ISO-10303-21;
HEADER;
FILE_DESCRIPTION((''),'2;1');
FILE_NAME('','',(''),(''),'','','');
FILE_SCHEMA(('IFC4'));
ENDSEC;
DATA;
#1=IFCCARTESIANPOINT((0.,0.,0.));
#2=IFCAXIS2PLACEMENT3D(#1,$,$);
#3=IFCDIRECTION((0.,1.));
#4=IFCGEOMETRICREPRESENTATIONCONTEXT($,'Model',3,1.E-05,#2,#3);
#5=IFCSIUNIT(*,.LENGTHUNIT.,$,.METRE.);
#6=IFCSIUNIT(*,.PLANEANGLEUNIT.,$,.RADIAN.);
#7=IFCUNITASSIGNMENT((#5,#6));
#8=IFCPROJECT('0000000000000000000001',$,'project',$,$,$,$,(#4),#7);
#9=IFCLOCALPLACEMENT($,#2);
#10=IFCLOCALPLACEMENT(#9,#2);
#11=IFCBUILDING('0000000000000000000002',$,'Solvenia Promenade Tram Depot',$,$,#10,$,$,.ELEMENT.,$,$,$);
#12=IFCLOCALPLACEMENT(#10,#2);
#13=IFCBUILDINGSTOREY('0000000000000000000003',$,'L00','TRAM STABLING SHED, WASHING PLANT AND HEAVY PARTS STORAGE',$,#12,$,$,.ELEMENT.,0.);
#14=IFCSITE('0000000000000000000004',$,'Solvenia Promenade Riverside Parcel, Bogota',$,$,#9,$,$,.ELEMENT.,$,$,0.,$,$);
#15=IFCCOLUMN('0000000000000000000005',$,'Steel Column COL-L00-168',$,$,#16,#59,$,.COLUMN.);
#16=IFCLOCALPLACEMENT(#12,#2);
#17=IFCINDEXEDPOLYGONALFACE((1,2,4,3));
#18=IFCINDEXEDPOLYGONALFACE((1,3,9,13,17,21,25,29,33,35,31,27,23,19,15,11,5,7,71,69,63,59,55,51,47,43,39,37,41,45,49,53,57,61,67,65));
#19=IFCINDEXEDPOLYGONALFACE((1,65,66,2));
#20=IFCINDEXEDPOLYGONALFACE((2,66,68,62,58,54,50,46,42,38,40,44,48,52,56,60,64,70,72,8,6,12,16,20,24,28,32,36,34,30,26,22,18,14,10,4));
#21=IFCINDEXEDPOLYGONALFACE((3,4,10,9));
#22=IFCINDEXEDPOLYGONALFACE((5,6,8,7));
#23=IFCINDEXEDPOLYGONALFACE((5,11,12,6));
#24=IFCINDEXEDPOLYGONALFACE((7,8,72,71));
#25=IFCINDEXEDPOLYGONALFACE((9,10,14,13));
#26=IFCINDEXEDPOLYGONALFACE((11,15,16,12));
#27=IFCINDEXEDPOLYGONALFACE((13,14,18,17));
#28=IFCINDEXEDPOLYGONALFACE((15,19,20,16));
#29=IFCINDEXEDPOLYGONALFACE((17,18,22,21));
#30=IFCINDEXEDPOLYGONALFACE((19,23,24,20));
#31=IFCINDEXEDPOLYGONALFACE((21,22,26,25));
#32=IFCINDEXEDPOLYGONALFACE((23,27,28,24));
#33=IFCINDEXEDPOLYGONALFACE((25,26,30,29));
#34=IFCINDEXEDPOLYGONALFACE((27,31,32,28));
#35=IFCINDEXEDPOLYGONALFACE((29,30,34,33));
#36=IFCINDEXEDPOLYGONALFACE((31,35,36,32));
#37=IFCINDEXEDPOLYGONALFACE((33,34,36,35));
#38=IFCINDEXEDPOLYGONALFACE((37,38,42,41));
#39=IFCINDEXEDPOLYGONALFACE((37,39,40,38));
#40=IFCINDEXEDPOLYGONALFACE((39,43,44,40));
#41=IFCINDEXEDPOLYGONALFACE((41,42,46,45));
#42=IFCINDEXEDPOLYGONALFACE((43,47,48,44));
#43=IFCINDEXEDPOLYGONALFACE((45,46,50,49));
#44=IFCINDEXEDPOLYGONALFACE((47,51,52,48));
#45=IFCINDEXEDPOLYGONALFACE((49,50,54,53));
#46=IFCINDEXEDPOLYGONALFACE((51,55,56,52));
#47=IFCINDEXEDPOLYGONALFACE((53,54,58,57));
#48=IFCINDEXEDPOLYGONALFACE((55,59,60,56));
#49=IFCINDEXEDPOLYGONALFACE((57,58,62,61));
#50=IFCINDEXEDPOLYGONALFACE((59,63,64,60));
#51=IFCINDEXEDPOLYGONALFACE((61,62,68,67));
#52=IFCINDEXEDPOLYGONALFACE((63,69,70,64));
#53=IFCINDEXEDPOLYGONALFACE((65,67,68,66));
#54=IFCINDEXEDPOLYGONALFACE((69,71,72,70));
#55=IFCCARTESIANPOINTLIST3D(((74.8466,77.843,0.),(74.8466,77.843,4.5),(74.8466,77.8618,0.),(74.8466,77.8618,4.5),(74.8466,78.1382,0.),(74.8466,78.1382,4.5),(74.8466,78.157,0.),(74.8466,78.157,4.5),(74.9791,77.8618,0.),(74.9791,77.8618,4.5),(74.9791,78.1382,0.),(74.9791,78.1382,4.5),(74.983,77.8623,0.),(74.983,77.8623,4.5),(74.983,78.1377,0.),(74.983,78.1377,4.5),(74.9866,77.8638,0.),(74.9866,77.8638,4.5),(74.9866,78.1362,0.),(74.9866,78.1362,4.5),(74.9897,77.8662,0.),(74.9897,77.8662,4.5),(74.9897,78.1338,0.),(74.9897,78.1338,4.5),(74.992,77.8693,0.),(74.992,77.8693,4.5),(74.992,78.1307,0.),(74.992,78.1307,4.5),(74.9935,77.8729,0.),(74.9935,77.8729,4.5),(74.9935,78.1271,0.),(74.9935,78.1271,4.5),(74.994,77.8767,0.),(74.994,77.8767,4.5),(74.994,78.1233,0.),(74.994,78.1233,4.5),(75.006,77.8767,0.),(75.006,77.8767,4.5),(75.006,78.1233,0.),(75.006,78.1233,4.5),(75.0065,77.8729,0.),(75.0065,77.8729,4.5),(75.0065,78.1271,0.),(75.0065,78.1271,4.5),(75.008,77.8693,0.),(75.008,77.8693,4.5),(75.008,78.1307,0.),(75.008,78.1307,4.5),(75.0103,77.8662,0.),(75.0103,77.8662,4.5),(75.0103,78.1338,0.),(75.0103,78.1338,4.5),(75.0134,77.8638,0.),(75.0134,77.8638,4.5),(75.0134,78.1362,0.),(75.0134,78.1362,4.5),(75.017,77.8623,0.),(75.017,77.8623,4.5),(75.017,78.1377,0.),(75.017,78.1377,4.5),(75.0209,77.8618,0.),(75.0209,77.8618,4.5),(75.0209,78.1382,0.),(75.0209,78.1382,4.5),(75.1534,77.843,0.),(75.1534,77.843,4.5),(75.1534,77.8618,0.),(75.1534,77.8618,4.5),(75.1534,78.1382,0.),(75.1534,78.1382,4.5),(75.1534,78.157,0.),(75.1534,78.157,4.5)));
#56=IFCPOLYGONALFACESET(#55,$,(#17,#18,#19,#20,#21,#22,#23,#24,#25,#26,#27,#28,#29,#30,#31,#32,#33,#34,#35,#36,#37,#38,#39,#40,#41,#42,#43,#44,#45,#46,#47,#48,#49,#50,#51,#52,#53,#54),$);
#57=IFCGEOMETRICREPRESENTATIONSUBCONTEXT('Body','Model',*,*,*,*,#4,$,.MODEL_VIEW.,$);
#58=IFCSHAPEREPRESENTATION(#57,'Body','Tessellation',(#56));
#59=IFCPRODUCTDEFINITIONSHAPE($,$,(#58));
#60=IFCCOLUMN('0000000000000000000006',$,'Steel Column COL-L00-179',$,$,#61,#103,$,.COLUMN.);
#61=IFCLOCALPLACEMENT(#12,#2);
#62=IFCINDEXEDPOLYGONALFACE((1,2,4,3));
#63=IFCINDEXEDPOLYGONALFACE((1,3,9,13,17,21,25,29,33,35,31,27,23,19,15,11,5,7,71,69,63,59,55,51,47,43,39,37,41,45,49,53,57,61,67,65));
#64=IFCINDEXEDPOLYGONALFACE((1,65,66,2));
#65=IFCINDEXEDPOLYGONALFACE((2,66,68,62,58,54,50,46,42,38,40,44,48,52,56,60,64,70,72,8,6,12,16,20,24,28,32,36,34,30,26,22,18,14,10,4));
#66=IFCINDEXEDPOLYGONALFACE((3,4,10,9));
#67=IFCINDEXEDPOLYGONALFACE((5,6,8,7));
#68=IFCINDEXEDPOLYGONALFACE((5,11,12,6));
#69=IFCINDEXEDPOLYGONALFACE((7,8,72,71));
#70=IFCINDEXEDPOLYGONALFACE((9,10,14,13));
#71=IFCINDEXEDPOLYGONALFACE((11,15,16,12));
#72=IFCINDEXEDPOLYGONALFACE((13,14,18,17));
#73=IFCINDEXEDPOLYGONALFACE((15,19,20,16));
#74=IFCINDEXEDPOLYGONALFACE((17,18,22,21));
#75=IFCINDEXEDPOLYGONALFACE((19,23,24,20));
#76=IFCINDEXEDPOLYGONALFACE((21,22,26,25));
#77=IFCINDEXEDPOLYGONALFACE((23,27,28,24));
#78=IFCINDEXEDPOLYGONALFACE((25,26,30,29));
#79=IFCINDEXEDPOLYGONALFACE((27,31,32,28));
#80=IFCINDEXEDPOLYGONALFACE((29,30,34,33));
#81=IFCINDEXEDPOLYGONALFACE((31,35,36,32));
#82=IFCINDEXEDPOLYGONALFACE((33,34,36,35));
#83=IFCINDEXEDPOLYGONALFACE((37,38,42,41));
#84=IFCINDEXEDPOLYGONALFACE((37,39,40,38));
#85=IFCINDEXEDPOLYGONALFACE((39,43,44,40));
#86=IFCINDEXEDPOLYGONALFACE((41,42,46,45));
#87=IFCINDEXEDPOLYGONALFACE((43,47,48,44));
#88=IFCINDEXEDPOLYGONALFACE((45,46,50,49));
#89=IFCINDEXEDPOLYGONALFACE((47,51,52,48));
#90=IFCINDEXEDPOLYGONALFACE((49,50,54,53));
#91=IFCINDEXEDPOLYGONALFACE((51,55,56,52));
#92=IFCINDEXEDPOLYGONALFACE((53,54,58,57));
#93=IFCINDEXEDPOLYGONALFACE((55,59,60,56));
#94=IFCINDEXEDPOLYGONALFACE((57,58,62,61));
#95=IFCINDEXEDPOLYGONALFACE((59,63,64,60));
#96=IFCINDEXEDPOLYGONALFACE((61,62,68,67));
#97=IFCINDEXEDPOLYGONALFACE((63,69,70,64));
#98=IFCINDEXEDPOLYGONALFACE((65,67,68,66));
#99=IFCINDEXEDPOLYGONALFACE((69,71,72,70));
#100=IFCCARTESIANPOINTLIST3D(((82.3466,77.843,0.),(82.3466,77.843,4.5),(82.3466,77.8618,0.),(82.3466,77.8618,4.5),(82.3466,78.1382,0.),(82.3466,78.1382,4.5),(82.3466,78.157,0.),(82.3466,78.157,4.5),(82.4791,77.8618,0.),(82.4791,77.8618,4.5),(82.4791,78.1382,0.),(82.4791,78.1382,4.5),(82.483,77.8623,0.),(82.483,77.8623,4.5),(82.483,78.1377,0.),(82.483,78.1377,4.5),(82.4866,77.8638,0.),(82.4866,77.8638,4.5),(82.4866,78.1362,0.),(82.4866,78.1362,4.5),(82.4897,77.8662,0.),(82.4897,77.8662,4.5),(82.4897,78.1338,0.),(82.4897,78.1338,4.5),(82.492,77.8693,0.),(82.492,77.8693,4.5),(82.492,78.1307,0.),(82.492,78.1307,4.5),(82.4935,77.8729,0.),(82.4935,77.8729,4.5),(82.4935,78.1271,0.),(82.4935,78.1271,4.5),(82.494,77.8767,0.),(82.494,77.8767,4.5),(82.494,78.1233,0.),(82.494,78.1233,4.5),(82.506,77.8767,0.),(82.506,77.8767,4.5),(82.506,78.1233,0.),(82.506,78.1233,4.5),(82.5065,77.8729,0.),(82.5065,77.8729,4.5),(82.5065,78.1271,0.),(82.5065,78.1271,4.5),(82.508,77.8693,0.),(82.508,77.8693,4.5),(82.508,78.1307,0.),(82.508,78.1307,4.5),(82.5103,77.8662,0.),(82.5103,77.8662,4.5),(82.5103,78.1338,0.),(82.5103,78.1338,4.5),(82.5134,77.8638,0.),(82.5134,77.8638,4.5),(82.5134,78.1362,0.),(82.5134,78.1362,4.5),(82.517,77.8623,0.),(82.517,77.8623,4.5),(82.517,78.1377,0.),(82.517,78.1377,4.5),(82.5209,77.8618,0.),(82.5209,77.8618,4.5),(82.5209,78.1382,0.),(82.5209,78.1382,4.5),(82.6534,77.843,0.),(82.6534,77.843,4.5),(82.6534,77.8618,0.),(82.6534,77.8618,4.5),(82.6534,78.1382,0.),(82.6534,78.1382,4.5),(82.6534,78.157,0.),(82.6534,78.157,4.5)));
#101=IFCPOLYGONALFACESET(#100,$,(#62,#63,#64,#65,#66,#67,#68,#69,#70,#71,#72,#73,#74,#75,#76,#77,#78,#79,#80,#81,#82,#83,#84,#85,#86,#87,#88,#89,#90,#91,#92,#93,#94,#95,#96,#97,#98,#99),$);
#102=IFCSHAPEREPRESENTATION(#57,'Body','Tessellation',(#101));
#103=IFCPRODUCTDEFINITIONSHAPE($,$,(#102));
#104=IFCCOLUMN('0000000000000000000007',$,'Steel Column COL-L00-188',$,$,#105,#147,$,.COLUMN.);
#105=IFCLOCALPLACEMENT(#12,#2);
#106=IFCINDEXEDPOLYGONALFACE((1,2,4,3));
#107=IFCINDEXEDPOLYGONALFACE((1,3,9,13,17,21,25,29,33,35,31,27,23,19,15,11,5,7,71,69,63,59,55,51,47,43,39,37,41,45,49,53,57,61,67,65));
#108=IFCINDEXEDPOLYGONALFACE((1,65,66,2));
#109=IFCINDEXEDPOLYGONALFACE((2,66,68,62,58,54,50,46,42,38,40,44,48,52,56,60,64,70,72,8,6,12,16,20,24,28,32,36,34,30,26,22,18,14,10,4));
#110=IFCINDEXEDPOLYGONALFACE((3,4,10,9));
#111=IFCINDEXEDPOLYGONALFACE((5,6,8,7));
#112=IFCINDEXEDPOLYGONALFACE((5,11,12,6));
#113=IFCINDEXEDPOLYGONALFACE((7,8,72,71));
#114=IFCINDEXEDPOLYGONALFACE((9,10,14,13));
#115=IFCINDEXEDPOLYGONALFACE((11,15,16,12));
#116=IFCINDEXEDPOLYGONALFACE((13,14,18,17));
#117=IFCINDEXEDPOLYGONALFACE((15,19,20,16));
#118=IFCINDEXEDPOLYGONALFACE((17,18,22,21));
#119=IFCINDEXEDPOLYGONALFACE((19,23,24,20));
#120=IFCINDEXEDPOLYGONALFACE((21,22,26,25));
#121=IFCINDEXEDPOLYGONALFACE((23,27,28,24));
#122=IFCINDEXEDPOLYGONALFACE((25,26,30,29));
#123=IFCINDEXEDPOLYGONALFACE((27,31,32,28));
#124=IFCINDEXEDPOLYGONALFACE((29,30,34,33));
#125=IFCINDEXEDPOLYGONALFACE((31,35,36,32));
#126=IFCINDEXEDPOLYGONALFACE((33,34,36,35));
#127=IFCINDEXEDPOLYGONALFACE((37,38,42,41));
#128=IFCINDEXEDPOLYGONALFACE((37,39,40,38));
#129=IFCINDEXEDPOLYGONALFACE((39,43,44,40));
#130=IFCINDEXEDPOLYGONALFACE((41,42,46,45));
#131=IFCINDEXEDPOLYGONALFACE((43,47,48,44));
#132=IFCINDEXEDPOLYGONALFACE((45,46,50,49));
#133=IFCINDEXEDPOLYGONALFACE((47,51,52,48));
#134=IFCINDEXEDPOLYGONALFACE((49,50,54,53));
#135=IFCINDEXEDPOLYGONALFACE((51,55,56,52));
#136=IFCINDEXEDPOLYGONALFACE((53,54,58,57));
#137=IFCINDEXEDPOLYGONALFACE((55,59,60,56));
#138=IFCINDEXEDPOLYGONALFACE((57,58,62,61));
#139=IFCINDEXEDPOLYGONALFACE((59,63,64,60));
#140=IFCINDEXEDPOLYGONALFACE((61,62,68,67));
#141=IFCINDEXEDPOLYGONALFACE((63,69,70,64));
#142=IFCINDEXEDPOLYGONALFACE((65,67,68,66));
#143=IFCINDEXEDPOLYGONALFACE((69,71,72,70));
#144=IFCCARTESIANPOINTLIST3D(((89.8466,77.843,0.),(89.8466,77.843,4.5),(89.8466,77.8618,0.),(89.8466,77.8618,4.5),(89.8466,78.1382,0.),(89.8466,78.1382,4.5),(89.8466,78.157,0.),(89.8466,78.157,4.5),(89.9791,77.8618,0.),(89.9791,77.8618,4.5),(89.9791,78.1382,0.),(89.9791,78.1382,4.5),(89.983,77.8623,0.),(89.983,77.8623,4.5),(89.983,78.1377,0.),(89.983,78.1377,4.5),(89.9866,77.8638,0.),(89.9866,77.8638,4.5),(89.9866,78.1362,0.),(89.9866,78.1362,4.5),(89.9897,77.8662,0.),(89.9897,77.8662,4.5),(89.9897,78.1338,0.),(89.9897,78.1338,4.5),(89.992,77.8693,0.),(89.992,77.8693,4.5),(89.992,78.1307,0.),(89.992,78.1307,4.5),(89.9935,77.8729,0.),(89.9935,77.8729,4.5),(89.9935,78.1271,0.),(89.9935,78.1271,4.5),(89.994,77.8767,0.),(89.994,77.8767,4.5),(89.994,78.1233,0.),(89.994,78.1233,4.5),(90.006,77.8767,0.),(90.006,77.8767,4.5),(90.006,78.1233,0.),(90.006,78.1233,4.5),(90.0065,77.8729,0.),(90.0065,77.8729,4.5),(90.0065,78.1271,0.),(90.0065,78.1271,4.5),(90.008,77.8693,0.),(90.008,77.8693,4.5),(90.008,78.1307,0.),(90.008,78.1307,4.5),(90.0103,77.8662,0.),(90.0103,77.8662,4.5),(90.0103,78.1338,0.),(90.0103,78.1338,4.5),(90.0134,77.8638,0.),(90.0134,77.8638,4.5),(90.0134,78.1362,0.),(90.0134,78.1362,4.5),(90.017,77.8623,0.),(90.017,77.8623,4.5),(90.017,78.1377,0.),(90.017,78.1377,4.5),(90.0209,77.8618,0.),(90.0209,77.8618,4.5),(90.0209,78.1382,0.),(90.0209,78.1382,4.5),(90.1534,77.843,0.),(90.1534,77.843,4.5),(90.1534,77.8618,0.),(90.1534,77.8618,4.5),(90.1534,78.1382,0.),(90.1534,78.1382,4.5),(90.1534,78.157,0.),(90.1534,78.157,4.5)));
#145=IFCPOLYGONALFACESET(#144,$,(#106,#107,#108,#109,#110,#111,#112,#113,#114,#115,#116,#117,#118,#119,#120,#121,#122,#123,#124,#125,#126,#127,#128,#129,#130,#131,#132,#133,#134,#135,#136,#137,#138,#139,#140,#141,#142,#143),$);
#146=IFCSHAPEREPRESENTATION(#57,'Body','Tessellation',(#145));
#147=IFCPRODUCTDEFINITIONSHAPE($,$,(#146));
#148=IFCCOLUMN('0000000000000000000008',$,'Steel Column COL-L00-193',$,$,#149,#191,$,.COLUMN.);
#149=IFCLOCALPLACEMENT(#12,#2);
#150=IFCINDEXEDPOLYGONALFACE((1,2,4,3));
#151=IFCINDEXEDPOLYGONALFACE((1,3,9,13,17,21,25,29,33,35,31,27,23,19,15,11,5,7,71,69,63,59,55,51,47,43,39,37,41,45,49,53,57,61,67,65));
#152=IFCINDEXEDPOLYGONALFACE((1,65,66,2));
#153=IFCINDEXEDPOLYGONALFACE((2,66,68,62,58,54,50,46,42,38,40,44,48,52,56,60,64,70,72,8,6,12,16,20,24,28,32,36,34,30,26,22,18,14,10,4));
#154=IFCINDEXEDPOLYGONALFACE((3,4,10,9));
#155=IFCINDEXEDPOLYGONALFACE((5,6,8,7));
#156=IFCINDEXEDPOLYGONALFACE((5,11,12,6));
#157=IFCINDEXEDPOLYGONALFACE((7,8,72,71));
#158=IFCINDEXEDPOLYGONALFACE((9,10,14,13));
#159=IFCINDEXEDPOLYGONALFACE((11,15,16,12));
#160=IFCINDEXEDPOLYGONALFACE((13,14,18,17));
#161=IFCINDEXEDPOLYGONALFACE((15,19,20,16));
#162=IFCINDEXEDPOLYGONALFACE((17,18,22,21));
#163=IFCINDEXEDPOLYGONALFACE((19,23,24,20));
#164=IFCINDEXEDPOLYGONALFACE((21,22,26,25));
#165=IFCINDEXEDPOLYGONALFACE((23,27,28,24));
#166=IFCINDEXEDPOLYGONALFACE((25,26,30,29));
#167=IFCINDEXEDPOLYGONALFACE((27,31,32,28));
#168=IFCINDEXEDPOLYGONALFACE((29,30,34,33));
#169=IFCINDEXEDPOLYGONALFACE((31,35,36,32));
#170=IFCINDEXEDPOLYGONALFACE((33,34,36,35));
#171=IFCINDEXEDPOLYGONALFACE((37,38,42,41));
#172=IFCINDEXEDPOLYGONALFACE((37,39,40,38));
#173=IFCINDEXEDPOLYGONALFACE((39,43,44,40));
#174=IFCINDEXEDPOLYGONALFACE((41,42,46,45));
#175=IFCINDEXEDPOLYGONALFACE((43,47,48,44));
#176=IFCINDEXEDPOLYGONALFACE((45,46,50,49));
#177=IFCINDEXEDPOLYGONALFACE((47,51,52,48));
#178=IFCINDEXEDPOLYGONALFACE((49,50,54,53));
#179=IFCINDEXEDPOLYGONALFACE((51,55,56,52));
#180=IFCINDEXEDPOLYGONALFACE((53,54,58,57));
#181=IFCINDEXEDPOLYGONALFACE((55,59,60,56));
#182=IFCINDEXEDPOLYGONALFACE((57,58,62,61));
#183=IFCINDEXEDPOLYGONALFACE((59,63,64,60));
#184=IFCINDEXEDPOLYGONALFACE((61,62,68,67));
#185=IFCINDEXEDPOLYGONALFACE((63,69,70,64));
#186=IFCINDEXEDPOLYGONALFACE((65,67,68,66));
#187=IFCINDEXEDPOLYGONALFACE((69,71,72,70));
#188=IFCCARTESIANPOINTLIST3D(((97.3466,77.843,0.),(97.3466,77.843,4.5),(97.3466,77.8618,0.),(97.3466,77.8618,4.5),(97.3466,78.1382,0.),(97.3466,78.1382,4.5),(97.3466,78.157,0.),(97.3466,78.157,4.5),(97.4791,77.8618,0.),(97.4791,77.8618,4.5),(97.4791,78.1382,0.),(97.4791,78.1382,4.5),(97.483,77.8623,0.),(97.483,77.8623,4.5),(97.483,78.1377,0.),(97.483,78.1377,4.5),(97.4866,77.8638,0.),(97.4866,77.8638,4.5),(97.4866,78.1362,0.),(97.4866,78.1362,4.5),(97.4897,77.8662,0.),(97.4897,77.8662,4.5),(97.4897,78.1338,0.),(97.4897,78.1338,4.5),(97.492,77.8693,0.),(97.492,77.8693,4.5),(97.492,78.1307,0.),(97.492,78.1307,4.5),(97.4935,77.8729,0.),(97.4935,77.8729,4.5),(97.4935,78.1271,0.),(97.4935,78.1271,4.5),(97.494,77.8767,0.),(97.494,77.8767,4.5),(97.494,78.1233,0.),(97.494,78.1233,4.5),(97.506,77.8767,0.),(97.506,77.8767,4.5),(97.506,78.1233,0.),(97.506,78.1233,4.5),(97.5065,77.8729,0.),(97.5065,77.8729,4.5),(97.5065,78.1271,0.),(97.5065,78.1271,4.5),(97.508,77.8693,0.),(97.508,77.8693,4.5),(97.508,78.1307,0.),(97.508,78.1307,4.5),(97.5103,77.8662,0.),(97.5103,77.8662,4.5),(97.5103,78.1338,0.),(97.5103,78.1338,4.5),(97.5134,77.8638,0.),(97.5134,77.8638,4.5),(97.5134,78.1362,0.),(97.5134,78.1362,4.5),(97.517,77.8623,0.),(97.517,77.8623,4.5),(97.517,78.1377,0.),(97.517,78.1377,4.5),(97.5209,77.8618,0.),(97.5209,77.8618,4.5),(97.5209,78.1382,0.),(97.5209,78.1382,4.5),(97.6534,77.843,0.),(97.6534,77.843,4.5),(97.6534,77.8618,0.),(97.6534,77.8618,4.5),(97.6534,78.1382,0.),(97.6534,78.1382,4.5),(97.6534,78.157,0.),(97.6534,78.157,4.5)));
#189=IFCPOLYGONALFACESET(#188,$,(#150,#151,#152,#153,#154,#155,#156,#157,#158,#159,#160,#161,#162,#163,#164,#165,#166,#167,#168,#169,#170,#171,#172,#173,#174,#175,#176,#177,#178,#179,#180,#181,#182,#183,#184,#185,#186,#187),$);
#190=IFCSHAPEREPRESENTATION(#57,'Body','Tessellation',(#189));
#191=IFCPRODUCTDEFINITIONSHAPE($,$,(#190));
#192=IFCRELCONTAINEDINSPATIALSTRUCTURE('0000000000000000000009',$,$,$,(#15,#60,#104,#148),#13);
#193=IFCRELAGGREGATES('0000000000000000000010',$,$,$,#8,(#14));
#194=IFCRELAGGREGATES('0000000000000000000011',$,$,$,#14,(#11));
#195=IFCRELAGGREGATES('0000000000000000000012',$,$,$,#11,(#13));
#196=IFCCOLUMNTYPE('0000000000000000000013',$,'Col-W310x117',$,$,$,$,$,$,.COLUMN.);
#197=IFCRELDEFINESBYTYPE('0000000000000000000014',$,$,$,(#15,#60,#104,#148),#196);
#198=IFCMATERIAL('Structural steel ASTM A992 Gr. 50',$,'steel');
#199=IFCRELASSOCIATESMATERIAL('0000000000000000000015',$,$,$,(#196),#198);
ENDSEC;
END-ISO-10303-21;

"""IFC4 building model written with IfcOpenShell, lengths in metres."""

from ifc_helpers import new_model, si_unit, direction, frame, origin, origin_2d, place, context, subcontext, project, spatial, i_section, extrude, material, material_profile, profile_set, type_object, element, save


model = new_model("IFC4")

# Units and contexts
model_context = context("Model", 3, precision=1e-05, world=origin(), true_north=direction((0.0, 1.0)))
body_context = subcontext(model_context, "Body", "Model", "MODEL_VIEW")
ifc_project = project(units=[si_unit("LENGTHUNIT", "METRE"), si_unit("PLANEANGLEUNIT", "RADIAN")], contexts=[model_context])

# Site, building, storey
site_placement = place(None, origin())
site = spatial("IfcSite", under=ifc_project, at=site_placement, Name="Solvenia Promenade Riverside Parcel, Bogota", CompositionType="ELEMENT", RefElevation=0.0)
building_placement = place(site_placement, origin())
building = spatial("IfcBuilding", under=site, at=building_placement, Name="Solvenia Promenade Tram Depot", CompositionType="ELEMENT")
storey_placement = place(building_placement, origin())
storey = spatial("IfcBuildingStorey", under=building, at=storey_placement, Name="L00", Description="TRAM STABLING SHED, WASHING PLANT AND HEAVY PARTS STORAGE", CompositionType="ELEMENT", Elevation=0.0)

# Columns
ifc_material_1 = material(Name="Structural steel ASTM A992 Gr. 50", Category="steel")
ifc_material_profile_1 = material_profile(ifc_material_1, i_section(OverallWidth=0.3069, OverallDepth=0.314, WebThickness=0.012, FlangeThickness=0.0188, FilletRadius=0.0149, at=origin_2d()), Name="W310x117", Category="steel")
ifc_profile_set_1 = profile_set([ifc_material_profile_1], Name="Structural steel ASTM A992 Gr. 50")
column_type = type_object("IfcColumnType", Name="Col-W310x117", PredefinedType="COLUMN", material=ifc_profile_set_1)
for number, where, z_axis, x_axis, name in (
    (1, (75.0, 78.0, 0.0), (0.0, 0.0, 1.0), (1.0, 0.0, 0.0), "Steel Column COL-L00-168"),
    (2, (82.5, 78.0, 0.0), (0.0, 0.0, 1.0), (1.0, 0.0, 0.0), "Steel Column COL-L00-179"),
    (3, (90.0, 78.0, 0.0), (0.0, 0.0, 1.0), (1.0, 0.0, 0.0), "Steel Column COL-L00-188"),
    (4, (97.5, 78.0, 0.0), (0.0, 0.0, 1.0), (1.0, 0.0, 0.0), "Steel Column COL-L00-193"),
):
    element("IfcColumn", number, at=place(storey_placement, frame(where, z_axis=z_axis, x_axis=x_axis)), inside=storey, type_object=column_type, Name=name, PredefinedType="COLUMN", context=body_context, shape_type="SweptSolid", body=[
        extrude(i_section(OverallWidth=0.3069, OverallDepth=0.314, WebThickness=0.012, FlangeThickness=0.0188, FilletRadius=0.0149, at=origin_2d()), origin(), (0.0, 0.0, 1.0), 4.5),
    ])

save(model, "model.ifc")
